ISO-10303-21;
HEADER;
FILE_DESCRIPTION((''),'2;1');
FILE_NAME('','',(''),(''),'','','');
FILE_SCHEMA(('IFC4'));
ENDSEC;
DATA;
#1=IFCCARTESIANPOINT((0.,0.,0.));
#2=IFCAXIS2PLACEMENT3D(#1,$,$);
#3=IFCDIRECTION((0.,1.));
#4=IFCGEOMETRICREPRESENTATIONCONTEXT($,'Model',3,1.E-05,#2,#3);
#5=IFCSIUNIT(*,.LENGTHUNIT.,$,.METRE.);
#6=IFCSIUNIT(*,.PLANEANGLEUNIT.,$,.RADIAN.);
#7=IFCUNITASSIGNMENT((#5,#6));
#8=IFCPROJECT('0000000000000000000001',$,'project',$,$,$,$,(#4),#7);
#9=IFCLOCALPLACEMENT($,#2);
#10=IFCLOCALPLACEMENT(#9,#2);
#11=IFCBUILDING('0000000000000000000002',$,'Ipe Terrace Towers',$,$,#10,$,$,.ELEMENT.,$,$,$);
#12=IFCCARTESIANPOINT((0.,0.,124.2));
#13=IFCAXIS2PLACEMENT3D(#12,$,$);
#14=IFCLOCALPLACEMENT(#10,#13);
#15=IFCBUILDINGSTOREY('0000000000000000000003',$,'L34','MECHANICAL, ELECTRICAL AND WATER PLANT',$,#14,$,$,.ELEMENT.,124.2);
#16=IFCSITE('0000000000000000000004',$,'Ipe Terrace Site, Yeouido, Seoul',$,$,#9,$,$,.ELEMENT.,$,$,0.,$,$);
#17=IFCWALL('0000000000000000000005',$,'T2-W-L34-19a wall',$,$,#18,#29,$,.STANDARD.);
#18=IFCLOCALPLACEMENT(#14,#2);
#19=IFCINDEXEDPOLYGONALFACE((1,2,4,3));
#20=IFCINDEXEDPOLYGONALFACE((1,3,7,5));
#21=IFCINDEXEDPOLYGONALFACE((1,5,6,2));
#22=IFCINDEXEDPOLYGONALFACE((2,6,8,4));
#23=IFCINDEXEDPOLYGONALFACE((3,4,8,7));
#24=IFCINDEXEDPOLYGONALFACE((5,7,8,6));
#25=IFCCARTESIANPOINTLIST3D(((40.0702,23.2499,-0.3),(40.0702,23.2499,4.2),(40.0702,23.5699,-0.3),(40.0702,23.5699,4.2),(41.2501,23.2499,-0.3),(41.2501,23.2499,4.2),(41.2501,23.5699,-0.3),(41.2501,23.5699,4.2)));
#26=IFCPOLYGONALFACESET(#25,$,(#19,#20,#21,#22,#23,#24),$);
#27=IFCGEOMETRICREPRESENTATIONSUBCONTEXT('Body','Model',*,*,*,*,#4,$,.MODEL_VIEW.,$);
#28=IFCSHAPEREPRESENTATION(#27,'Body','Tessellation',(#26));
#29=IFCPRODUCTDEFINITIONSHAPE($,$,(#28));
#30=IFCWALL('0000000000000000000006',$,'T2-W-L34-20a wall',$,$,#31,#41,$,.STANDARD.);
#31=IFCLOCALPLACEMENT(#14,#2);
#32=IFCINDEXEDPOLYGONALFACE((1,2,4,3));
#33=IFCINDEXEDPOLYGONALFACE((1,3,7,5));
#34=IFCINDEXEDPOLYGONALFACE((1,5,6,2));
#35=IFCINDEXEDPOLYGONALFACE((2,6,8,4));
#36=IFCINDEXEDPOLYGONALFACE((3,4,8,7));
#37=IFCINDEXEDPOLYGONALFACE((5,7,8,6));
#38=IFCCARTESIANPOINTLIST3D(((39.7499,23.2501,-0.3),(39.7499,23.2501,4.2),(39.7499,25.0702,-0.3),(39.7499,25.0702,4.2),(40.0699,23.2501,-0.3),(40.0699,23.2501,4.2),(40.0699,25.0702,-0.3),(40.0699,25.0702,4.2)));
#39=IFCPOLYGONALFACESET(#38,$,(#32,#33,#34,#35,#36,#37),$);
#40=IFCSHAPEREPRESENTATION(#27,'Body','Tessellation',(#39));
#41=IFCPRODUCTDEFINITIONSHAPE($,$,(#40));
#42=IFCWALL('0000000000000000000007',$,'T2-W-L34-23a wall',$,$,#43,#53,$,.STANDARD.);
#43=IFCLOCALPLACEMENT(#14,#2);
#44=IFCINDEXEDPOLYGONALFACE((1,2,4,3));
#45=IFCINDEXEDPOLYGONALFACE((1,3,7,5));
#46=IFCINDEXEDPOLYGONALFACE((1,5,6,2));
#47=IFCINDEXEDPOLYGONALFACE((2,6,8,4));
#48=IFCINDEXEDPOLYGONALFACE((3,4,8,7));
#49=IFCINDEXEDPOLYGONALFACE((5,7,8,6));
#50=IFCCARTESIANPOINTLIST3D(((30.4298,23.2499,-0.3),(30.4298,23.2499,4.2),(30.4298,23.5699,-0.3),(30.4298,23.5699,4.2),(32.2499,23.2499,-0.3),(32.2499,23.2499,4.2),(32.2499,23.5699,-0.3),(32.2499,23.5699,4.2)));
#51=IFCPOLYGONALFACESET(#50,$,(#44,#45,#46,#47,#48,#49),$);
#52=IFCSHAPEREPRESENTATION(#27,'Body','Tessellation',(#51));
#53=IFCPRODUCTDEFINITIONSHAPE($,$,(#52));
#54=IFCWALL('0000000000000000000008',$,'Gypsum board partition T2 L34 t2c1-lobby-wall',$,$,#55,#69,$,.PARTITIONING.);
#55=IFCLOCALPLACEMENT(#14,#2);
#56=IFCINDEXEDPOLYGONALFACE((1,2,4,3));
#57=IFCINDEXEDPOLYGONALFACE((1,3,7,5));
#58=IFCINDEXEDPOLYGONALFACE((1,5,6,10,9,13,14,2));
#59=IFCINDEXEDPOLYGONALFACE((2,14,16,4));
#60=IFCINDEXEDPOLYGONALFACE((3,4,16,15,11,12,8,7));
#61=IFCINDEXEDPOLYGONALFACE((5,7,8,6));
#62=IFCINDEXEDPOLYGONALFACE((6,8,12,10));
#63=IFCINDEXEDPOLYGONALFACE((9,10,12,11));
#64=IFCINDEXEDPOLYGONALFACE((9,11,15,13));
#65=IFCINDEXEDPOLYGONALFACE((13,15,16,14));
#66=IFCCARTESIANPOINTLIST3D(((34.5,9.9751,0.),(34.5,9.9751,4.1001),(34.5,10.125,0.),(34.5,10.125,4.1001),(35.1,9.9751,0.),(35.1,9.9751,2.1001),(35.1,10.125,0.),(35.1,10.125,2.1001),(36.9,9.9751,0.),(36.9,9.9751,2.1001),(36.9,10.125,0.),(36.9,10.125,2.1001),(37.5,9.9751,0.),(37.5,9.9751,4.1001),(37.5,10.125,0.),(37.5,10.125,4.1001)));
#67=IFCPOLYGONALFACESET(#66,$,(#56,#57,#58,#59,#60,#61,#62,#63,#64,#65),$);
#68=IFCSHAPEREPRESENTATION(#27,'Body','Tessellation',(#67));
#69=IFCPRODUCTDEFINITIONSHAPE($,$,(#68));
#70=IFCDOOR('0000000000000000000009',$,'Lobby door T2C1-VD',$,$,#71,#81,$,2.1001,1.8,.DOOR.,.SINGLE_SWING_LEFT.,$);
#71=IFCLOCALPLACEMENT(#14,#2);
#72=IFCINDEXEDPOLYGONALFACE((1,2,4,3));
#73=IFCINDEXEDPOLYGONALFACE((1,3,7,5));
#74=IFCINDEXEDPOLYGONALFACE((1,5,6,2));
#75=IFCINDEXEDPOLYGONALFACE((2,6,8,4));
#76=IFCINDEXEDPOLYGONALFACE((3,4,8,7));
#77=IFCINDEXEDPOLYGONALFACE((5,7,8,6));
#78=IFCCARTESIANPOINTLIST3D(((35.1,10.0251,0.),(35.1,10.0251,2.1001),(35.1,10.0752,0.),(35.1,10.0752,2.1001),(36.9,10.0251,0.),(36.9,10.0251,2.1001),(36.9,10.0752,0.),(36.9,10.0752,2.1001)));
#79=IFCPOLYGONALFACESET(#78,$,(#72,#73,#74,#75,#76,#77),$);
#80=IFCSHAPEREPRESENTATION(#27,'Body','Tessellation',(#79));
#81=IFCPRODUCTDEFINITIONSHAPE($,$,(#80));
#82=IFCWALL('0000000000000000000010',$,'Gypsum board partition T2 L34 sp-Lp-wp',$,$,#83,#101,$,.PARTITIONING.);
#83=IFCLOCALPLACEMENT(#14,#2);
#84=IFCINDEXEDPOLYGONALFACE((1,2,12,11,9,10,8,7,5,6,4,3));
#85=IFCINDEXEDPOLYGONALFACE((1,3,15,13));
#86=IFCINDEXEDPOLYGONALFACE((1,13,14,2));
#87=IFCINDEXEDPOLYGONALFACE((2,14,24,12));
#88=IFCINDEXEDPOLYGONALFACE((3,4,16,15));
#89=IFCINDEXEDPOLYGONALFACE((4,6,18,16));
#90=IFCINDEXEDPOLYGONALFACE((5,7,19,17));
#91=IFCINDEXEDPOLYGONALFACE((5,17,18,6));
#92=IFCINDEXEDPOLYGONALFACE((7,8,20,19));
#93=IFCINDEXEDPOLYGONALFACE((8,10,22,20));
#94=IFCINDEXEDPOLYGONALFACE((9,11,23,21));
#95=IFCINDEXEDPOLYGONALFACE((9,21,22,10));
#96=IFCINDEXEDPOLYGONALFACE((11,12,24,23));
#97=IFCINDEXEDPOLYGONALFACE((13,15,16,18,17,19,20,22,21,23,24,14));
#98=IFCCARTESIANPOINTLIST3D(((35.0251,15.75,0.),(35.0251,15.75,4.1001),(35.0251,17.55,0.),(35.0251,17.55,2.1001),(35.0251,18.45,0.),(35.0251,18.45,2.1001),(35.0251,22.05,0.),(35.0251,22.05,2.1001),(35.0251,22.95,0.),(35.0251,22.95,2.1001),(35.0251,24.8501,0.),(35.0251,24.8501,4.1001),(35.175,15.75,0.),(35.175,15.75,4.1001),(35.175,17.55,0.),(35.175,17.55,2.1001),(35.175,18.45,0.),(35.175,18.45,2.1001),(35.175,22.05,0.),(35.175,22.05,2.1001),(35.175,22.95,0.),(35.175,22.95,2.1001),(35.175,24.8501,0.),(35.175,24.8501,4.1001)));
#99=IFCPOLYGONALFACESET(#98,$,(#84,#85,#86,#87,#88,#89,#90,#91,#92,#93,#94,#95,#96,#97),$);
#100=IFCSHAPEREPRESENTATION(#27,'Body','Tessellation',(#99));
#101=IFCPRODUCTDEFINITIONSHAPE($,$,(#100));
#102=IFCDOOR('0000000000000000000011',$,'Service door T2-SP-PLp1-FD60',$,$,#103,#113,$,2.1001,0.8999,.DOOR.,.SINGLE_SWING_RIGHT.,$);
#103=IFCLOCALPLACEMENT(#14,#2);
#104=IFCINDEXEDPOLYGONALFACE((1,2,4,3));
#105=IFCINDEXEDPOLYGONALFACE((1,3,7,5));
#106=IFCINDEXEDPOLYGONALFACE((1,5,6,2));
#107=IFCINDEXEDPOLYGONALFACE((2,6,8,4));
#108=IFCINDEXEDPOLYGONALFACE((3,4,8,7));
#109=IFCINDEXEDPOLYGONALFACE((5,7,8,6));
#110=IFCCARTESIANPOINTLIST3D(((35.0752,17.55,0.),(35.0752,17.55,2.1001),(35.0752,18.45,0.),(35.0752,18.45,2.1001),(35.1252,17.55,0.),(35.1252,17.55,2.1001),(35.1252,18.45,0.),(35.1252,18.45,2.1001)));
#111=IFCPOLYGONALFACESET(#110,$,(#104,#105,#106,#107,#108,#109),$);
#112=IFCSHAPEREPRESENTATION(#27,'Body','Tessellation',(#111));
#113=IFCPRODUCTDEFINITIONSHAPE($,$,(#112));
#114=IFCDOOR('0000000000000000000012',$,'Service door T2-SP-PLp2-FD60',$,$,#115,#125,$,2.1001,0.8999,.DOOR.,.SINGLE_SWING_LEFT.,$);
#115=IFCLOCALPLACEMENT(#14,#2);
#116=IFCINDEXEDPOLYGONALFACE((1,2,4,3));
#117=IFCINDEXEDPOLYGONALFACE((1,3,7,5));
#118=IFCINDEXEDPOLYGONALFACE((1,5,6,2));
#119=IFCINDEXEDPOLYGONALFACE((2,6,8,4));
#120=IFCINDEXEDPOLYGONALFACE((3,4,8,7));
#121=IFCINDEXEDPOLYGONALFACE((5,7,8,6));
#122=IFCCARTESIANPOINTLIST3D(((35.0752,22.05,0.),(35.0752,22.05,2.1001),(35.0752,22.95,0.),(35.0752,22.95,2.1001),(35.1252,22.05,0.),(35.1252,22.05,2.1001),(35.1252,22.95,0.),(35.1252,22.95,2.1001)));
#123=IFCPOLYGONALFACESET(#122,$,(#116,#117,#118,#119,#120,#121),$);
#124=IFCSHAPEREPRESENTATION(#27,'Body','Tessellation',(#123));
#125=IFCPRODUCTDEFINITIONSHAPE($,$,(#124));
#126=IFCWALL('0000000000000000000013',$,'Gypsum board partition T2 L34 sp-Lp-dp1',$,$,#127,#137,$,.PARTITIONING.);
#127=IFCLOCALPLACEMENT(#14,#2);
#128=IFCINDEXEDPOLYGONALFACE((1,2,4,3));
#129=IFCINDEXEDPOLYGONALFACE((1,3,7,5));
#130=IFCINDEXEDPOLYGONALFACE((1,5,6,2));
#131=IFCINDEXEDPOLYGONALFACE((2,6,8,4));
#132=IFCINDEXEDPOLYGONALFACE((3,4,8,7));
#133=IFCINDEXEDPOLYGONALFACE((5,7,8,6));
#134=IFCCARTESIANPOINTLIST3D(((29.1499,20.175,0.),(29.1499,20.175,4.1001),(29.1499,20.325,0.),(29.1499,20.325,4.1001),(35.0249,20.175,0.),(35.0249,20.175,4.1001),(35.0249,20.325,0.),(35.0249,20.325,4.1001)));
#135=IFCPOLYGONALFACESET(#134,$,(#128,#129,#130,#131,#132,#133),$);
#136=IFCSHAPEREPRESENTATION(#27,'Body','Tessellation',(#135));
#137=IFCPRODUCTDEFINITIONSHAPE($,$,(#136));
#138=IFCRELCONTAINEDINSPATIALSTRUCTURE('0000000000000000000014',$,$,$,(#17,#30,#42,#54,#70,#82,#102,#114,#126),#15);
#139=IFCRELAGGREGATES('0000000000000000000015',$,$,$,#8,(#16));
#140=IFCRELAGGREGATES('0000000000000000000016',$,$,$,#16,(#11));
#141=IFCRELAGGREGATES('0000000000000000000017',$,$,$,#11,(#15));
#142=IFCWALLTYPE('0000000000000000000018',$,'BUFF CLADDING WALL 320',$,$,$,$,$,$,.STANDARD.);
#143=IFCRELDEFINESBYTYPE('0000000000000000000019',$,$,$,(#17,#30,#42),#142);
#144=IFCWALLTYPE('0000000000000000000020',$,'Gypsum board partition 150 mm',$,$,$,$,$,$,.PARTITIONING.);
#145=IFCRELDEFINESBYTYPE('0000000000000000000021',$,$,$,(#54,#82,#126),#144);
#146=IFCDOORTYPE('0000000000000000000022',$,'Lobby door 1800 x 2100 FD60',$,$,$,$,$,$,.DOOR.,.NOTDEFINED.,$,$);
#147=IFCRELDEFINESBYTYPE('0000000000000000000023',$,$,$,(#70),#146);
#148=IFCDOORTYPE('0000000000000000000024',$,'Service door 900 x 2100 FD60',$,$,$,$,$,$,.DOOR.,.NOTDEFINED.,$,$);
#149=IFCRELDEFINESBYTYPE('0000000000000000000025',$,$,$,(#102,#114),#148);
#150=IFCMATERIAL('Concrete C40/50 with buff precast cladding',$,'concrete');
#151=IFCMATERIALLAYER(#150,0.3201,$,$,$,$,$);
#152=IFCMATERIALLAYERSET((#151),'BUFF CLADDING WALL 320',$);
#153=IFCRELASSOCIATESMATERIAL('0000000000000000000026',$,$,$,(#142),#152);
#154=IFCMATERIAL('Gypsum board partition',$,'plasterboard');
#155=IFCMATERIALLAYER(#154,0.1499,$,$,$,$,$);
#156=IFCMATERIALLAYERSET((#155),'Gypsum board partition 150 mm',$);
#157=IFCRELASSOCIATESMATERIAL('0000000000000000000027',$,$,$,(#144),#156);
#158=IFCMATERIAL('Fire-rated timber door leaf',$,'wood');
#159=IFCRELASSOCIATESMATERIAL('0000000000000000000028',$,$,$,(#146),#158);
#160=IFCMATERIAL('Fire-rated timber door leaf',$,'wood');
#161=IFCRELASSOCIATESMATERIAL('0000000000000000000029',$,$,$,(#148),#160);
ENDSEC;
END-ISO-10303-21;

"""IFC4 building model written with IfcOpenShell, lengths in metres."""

from ifc_helpers import new_model, si_unit, direction, frame, frame_2d, origin, place, context, subcontext, project, spatial, rectangle, extrude, material, layer, layer_set, type_object, element, fill, save


model = new_model("IFC4")

# Units and contexts
model_context = context("Model", 3, precision=1e-05, world=origin(), true_north=direction((0.0, 1.0)))
body_context = subcontext(model_context, "Body", "Model", "MODEL_VIEW")
ifc_project = project(units=[si_unit("LENGTHUNIT", "METRE"), si_unit("PLANEANGLEUNIT", "RADIAN")], contexts=[model_context])

# Site, building, storey
site_placement = place(None, origin())
site = spatial("IfcSite", under=ifc_project, at=site_placement, Name="Ipe Terrace Site, Yeouido, Seoul", CompositionType="ELEMENT", RefElevation=0.0)
building_placement = place(site_placement, origin())
building = spatial("IfcBuilding", under=site, at=building_placement, Name="Ipe Terrace Towers", CompositionType="ELEMENT")
storey_placement = place(building_placement, frame((0.0, 0.0, 124.2)))
storey = spatial("IfcBuildingStorey", under=building, at=storey_placement, Name="L34", Description="MECHANICAL, ELECTRICAL AND WATER PLANT", CompositionType="ELEMENT", Elevation=124.2)

# Walls
ifc_material_1 = material(Name="Concrete C40/50 with buff precast cladding", Category="concrete")
ifc_layer_1 = layer(ifc_material_1, 0.3201)
ifc_layer_set_1 = layer_set([ifc_layer_1], Name="BUFF CLADDING WALL 320")
wall_type_1 = type_object("IfcWallType", Name="BUFF CLADDING WALL 320", PredefinedType="STANDARD", material=ifc_layer_set_1)
wall_1_placement = place(storey_placement, frame((41.25, 23.4099, -0.3), z_axis=(0.0, 0.0, 1.0), x_axis=(-1.0, 0.0, 0.0)))
element("IfcWall", 1, at=wall_1_placement, inside=storey, type_object=wall_type_1, Name="T2-W-L34-19a wall", PredefinedType="STANDARD", context=body_context, shape_type="SweptSolid", body=[
    extrude(rectangle(XDim=1.1799, YDim=0.3201, at=frame_2d((0.5898, 0.0))), origin(), (0.0, 0.0, 1.0), 4.5),
])
for number, where, z_axis, x_axis, name in (
    (2, (39.9099, 23.25, -0.3), (0.0, 0.0, 1.0), (0.0, 1.0, 0.0), "T2-W-L34-20a wall"),
    (3, (32.25, 23.4099, -0.3), (0.0, 0.0, 1.0), (-1.0, 0.0, 0.0), "T2-W-L34-23a wall"),
):
    element("IfcWall", number, at=place(storey_placement, frame(where, z_axis=z_axis, x_axis=x_axis)), inside=storey, type_object=wall_type_1, Name=name, PredefinedType="STANDARD", context=body_context, shape_type="SweptSolid", body=[
        extrude(rectangle(XDim=1.8201, YDim=0.3201, at=frame_2d((0.9102, 0.0))), origin(), (0.0, 0.0, 1.0), 4.5),
    ])

# Wall, opening, door
ifc_material_2 = material(Name="Gypsum board partition", Category="plasterboard")
ifc_layer_2 = layer(ifc_material_2, 0.1499)
ifc_layer_set_2 = layer_set([ifc_layer_2], Name="Gypsum board partition 150 mm")
wall_type_2 = type_object("IfcWallType", Name="Gypsum board partition 150 mm", PredefinedType="PARTITIONING", material=ifc_layer_set_2)
wall_2_placement = place(storey_placement, frame((37.5, 10.05, 0.0), z_axis=(0.0, 0.0, 1.0), x_axis=(-1.0, 0.0, 0.0)))
wall_2 = element("IfcWall", 4, at=wall_2_placement, inside=storey, type_object=wall_type_2, Name="Gypsum board partition T2 L34 t2c1-lobby-wall", PredefinedType="PARTITIONING", context=body_context, shape_type="SweptSolid", body=[
    extrude(rectangle(XDim=3.0, YDim=0.1499, at=frame_2d((1.5, 0.0))), origin(), (0.0, 0.0, 1.0), 4.1001),
])
opening_1_placement = place(wall_2_placement, frame((0.6001, 0.0, 0.0)))
opening_1 = element("IfcOpeningElement", 5, at=opening_1_placement, cuts=wall_2, PredefinedType="OPENING", context=body_context, shape_type="SweptSolid", body=[
    extrude(rectangle(XDim=1.8, YDim=2.1001, at=frame_2d((0.8999, 1.05))), frame((0.0, 0.085, 0.0), z_axis=(0.0, -1.0, 0.0), x_axis=(1.0, 0.0, 0.0)), (0.0, 0.0, 1.0), 0.1699),
])
ifc_material_3 = material(Name="Fire-rated timber door leaf", Category="wood")
door_type_1 = type_object("IfcDoorType", Name="Lobby door 1800 x 2100 FD60", OperationType="NOTDEFINED", PredefinedType="DOOR", material=ifc_material_3)
door_1_placement = place(opening_1_placement, origin())
door_1 = element("IfcDoor", 6, at=door_1_placement, inside=storey, type_object=door_type_1, Name="Lobby door T2C1-VD", OperationType="SINGLE_SWING_LEFT", OverallHeight=2.1001, OverallWidth=1.8, PredefinedType="DOOR", context=body_context, shape_type="SweptSolid", body=[
    extrude(rectangle(XDim=1.8, YDim=2.1001, at=frame_2d((0.8999, 1.05))), frame((0.0, 0.0249, 0.0), z_axis=(0.0, -1.0, 0.0), x_axis=(1.0, 0.0, 0.0)), (0.0, 0.0, 1.0), 0.05),
])
fill(opening_1, door_1)

# Wall, openings, doors
wall_3_placement = place(storey_placement, frame((35.1001, 15.75, 0.0), z_axis=(0.0, 0.0, 1.0), x_axis=(0.0, 1.0, 0.0)))
wall_3 = element("IfcWall", 7, at=wall_3_placement, inside=storey, type_object=wall_type_2, Name="Gypsum board partition T2 L34 sp-Lp-wp", PredefinedType="PARTITIONING", context=body_context, shape_type="SweptSolid", body=[
    extrude(rectangle(XDim=9.1001, YDim=0.1499, at=frame_2d((4.55, 0.0))), origin(), (0.0, 0.0, 1.0), 4.1001),
])
opening_2_placement = place(wall_3_placement, frame((1.8, 0.0, 0.0)))
opening_2 = element("IfcOpeningElement", 8, at=opening_2_placement, cuts=wall_3, PredefinedType="OPENING", context=body_context, shape_type="SweptSolid", body=[
    extrude(rectangle(XDim=0.8999, YDim=2.1001, at=frame_2d((0.45, 1.05))), frame((0.0, 0.085, 0.0), z_axis=(0.0, -1.0, 0.0), x_axis=(1.0, 0.0, 0.0)), (0.0, 0.0, 1.0), 0.1699),
])
opening_3_placement = place(wall_3_placement, frame((6.3, 0.0, 0.0)))
opening_3 = element("IfcOpeningElement", 9, at=opening_3_placement, cuts=wall_3, PredefinedType="OPENING", context=body_context, shape_type="SweptSolid", body=[
    extrude(rectangle(XDim=0.8999, YDim=2.1001, at=frame_2d((0.45, 1.05))), frame((0.0, 0.085, 0.0), z_axis=(0.0, -1.0, 0.0), x_axis=(1.0, 0.0, 0.0)), (0.0, 0.0, 1.0), 0.1699),
])
ifc_material_4 = material(Name="Fire-rated timber door leaf", Category="wood")
door_type_2 = type_object("IfcDoorType", Name="Service door 900 x 2100 FD60", OperationType="NOTDEFINED", PredefinedType="DOOR", material=ifc_material_4)
door_2_placement = place(opening_2_placement, origin())
door_2 = element("IfcDoor", 10, at=door_2_placement, inside=storey, type_object=door_type_2, Name="Service door T2-SP-PLp1-FD60", OperationType="SINGLE_SWING_RIGHT", OverallHeight=2.1001, OverallWidth=0.8999, PredefinedType="DOOR", context=body_context, shape_type="SweptSolid", body=[
    extrude(rectangle(XDim=0.8999, YDim=2.1001, at=frame_2d((0.45, 1.05))), frame((0.0, 0.0249, 0.0), z_axis=(0.0, -1.0, 0.0), x_axis=(1.0, 0.0, 0.0)), (0.0, 0.0, 1.0), 0.05),
])
fill(opening_2, door_2)
door_3_placement = place(opening_3_placement, origin())
door_3 = element("IfcDoor", 11, at=door_3_placement, inside=storey, type_object=door_type_2, Name="Service door T2-SP-PLp2-FD60", OperationType="SINGLE_SWING_LEFT", OverallHeight=2.1001, OverallWidth=0.8999, PredefinedType="DOOR", context=body_context, shape_type="SweptSolid", body=[
    extrude(rectangle(XDim=0.8999, YDim=2.1001, at=frame_2d((0.45, 1.05))), frame((0.0, 0.0249, 0.0), z_axis=(0.0, -1.0, 0.0), x_axis=(1.0, 0.0, 0.0)), (0.0, 0.0, 1.0), 0.05),
])
fill(opening_3, door_3)

# Wall
wall_4_placement = place(storey_placement, frame((35.0249, 20.25, 0.0), z_axis=(0.0, 0.0, 1.0), x_axis=(-1.0, 0.0, 0.0)))
element("IfcWall", 12, at=wall_4_placement, inside=storey, type_object=wall_type_2, Name="Gypsum board partition T2 L34 sp-Lp-dp1", PredefinedType="PARTITIONING", context=body_context, shape_type="SweptSolid", body=[
    extrude(rectangle(XDim=5.875, YDim=0.1499, at=frame_2d((2.9375, 0.0))), origin(), (0.0, 0.0, 1.0), 4.1001),
])

save(model, "model.ifc")
